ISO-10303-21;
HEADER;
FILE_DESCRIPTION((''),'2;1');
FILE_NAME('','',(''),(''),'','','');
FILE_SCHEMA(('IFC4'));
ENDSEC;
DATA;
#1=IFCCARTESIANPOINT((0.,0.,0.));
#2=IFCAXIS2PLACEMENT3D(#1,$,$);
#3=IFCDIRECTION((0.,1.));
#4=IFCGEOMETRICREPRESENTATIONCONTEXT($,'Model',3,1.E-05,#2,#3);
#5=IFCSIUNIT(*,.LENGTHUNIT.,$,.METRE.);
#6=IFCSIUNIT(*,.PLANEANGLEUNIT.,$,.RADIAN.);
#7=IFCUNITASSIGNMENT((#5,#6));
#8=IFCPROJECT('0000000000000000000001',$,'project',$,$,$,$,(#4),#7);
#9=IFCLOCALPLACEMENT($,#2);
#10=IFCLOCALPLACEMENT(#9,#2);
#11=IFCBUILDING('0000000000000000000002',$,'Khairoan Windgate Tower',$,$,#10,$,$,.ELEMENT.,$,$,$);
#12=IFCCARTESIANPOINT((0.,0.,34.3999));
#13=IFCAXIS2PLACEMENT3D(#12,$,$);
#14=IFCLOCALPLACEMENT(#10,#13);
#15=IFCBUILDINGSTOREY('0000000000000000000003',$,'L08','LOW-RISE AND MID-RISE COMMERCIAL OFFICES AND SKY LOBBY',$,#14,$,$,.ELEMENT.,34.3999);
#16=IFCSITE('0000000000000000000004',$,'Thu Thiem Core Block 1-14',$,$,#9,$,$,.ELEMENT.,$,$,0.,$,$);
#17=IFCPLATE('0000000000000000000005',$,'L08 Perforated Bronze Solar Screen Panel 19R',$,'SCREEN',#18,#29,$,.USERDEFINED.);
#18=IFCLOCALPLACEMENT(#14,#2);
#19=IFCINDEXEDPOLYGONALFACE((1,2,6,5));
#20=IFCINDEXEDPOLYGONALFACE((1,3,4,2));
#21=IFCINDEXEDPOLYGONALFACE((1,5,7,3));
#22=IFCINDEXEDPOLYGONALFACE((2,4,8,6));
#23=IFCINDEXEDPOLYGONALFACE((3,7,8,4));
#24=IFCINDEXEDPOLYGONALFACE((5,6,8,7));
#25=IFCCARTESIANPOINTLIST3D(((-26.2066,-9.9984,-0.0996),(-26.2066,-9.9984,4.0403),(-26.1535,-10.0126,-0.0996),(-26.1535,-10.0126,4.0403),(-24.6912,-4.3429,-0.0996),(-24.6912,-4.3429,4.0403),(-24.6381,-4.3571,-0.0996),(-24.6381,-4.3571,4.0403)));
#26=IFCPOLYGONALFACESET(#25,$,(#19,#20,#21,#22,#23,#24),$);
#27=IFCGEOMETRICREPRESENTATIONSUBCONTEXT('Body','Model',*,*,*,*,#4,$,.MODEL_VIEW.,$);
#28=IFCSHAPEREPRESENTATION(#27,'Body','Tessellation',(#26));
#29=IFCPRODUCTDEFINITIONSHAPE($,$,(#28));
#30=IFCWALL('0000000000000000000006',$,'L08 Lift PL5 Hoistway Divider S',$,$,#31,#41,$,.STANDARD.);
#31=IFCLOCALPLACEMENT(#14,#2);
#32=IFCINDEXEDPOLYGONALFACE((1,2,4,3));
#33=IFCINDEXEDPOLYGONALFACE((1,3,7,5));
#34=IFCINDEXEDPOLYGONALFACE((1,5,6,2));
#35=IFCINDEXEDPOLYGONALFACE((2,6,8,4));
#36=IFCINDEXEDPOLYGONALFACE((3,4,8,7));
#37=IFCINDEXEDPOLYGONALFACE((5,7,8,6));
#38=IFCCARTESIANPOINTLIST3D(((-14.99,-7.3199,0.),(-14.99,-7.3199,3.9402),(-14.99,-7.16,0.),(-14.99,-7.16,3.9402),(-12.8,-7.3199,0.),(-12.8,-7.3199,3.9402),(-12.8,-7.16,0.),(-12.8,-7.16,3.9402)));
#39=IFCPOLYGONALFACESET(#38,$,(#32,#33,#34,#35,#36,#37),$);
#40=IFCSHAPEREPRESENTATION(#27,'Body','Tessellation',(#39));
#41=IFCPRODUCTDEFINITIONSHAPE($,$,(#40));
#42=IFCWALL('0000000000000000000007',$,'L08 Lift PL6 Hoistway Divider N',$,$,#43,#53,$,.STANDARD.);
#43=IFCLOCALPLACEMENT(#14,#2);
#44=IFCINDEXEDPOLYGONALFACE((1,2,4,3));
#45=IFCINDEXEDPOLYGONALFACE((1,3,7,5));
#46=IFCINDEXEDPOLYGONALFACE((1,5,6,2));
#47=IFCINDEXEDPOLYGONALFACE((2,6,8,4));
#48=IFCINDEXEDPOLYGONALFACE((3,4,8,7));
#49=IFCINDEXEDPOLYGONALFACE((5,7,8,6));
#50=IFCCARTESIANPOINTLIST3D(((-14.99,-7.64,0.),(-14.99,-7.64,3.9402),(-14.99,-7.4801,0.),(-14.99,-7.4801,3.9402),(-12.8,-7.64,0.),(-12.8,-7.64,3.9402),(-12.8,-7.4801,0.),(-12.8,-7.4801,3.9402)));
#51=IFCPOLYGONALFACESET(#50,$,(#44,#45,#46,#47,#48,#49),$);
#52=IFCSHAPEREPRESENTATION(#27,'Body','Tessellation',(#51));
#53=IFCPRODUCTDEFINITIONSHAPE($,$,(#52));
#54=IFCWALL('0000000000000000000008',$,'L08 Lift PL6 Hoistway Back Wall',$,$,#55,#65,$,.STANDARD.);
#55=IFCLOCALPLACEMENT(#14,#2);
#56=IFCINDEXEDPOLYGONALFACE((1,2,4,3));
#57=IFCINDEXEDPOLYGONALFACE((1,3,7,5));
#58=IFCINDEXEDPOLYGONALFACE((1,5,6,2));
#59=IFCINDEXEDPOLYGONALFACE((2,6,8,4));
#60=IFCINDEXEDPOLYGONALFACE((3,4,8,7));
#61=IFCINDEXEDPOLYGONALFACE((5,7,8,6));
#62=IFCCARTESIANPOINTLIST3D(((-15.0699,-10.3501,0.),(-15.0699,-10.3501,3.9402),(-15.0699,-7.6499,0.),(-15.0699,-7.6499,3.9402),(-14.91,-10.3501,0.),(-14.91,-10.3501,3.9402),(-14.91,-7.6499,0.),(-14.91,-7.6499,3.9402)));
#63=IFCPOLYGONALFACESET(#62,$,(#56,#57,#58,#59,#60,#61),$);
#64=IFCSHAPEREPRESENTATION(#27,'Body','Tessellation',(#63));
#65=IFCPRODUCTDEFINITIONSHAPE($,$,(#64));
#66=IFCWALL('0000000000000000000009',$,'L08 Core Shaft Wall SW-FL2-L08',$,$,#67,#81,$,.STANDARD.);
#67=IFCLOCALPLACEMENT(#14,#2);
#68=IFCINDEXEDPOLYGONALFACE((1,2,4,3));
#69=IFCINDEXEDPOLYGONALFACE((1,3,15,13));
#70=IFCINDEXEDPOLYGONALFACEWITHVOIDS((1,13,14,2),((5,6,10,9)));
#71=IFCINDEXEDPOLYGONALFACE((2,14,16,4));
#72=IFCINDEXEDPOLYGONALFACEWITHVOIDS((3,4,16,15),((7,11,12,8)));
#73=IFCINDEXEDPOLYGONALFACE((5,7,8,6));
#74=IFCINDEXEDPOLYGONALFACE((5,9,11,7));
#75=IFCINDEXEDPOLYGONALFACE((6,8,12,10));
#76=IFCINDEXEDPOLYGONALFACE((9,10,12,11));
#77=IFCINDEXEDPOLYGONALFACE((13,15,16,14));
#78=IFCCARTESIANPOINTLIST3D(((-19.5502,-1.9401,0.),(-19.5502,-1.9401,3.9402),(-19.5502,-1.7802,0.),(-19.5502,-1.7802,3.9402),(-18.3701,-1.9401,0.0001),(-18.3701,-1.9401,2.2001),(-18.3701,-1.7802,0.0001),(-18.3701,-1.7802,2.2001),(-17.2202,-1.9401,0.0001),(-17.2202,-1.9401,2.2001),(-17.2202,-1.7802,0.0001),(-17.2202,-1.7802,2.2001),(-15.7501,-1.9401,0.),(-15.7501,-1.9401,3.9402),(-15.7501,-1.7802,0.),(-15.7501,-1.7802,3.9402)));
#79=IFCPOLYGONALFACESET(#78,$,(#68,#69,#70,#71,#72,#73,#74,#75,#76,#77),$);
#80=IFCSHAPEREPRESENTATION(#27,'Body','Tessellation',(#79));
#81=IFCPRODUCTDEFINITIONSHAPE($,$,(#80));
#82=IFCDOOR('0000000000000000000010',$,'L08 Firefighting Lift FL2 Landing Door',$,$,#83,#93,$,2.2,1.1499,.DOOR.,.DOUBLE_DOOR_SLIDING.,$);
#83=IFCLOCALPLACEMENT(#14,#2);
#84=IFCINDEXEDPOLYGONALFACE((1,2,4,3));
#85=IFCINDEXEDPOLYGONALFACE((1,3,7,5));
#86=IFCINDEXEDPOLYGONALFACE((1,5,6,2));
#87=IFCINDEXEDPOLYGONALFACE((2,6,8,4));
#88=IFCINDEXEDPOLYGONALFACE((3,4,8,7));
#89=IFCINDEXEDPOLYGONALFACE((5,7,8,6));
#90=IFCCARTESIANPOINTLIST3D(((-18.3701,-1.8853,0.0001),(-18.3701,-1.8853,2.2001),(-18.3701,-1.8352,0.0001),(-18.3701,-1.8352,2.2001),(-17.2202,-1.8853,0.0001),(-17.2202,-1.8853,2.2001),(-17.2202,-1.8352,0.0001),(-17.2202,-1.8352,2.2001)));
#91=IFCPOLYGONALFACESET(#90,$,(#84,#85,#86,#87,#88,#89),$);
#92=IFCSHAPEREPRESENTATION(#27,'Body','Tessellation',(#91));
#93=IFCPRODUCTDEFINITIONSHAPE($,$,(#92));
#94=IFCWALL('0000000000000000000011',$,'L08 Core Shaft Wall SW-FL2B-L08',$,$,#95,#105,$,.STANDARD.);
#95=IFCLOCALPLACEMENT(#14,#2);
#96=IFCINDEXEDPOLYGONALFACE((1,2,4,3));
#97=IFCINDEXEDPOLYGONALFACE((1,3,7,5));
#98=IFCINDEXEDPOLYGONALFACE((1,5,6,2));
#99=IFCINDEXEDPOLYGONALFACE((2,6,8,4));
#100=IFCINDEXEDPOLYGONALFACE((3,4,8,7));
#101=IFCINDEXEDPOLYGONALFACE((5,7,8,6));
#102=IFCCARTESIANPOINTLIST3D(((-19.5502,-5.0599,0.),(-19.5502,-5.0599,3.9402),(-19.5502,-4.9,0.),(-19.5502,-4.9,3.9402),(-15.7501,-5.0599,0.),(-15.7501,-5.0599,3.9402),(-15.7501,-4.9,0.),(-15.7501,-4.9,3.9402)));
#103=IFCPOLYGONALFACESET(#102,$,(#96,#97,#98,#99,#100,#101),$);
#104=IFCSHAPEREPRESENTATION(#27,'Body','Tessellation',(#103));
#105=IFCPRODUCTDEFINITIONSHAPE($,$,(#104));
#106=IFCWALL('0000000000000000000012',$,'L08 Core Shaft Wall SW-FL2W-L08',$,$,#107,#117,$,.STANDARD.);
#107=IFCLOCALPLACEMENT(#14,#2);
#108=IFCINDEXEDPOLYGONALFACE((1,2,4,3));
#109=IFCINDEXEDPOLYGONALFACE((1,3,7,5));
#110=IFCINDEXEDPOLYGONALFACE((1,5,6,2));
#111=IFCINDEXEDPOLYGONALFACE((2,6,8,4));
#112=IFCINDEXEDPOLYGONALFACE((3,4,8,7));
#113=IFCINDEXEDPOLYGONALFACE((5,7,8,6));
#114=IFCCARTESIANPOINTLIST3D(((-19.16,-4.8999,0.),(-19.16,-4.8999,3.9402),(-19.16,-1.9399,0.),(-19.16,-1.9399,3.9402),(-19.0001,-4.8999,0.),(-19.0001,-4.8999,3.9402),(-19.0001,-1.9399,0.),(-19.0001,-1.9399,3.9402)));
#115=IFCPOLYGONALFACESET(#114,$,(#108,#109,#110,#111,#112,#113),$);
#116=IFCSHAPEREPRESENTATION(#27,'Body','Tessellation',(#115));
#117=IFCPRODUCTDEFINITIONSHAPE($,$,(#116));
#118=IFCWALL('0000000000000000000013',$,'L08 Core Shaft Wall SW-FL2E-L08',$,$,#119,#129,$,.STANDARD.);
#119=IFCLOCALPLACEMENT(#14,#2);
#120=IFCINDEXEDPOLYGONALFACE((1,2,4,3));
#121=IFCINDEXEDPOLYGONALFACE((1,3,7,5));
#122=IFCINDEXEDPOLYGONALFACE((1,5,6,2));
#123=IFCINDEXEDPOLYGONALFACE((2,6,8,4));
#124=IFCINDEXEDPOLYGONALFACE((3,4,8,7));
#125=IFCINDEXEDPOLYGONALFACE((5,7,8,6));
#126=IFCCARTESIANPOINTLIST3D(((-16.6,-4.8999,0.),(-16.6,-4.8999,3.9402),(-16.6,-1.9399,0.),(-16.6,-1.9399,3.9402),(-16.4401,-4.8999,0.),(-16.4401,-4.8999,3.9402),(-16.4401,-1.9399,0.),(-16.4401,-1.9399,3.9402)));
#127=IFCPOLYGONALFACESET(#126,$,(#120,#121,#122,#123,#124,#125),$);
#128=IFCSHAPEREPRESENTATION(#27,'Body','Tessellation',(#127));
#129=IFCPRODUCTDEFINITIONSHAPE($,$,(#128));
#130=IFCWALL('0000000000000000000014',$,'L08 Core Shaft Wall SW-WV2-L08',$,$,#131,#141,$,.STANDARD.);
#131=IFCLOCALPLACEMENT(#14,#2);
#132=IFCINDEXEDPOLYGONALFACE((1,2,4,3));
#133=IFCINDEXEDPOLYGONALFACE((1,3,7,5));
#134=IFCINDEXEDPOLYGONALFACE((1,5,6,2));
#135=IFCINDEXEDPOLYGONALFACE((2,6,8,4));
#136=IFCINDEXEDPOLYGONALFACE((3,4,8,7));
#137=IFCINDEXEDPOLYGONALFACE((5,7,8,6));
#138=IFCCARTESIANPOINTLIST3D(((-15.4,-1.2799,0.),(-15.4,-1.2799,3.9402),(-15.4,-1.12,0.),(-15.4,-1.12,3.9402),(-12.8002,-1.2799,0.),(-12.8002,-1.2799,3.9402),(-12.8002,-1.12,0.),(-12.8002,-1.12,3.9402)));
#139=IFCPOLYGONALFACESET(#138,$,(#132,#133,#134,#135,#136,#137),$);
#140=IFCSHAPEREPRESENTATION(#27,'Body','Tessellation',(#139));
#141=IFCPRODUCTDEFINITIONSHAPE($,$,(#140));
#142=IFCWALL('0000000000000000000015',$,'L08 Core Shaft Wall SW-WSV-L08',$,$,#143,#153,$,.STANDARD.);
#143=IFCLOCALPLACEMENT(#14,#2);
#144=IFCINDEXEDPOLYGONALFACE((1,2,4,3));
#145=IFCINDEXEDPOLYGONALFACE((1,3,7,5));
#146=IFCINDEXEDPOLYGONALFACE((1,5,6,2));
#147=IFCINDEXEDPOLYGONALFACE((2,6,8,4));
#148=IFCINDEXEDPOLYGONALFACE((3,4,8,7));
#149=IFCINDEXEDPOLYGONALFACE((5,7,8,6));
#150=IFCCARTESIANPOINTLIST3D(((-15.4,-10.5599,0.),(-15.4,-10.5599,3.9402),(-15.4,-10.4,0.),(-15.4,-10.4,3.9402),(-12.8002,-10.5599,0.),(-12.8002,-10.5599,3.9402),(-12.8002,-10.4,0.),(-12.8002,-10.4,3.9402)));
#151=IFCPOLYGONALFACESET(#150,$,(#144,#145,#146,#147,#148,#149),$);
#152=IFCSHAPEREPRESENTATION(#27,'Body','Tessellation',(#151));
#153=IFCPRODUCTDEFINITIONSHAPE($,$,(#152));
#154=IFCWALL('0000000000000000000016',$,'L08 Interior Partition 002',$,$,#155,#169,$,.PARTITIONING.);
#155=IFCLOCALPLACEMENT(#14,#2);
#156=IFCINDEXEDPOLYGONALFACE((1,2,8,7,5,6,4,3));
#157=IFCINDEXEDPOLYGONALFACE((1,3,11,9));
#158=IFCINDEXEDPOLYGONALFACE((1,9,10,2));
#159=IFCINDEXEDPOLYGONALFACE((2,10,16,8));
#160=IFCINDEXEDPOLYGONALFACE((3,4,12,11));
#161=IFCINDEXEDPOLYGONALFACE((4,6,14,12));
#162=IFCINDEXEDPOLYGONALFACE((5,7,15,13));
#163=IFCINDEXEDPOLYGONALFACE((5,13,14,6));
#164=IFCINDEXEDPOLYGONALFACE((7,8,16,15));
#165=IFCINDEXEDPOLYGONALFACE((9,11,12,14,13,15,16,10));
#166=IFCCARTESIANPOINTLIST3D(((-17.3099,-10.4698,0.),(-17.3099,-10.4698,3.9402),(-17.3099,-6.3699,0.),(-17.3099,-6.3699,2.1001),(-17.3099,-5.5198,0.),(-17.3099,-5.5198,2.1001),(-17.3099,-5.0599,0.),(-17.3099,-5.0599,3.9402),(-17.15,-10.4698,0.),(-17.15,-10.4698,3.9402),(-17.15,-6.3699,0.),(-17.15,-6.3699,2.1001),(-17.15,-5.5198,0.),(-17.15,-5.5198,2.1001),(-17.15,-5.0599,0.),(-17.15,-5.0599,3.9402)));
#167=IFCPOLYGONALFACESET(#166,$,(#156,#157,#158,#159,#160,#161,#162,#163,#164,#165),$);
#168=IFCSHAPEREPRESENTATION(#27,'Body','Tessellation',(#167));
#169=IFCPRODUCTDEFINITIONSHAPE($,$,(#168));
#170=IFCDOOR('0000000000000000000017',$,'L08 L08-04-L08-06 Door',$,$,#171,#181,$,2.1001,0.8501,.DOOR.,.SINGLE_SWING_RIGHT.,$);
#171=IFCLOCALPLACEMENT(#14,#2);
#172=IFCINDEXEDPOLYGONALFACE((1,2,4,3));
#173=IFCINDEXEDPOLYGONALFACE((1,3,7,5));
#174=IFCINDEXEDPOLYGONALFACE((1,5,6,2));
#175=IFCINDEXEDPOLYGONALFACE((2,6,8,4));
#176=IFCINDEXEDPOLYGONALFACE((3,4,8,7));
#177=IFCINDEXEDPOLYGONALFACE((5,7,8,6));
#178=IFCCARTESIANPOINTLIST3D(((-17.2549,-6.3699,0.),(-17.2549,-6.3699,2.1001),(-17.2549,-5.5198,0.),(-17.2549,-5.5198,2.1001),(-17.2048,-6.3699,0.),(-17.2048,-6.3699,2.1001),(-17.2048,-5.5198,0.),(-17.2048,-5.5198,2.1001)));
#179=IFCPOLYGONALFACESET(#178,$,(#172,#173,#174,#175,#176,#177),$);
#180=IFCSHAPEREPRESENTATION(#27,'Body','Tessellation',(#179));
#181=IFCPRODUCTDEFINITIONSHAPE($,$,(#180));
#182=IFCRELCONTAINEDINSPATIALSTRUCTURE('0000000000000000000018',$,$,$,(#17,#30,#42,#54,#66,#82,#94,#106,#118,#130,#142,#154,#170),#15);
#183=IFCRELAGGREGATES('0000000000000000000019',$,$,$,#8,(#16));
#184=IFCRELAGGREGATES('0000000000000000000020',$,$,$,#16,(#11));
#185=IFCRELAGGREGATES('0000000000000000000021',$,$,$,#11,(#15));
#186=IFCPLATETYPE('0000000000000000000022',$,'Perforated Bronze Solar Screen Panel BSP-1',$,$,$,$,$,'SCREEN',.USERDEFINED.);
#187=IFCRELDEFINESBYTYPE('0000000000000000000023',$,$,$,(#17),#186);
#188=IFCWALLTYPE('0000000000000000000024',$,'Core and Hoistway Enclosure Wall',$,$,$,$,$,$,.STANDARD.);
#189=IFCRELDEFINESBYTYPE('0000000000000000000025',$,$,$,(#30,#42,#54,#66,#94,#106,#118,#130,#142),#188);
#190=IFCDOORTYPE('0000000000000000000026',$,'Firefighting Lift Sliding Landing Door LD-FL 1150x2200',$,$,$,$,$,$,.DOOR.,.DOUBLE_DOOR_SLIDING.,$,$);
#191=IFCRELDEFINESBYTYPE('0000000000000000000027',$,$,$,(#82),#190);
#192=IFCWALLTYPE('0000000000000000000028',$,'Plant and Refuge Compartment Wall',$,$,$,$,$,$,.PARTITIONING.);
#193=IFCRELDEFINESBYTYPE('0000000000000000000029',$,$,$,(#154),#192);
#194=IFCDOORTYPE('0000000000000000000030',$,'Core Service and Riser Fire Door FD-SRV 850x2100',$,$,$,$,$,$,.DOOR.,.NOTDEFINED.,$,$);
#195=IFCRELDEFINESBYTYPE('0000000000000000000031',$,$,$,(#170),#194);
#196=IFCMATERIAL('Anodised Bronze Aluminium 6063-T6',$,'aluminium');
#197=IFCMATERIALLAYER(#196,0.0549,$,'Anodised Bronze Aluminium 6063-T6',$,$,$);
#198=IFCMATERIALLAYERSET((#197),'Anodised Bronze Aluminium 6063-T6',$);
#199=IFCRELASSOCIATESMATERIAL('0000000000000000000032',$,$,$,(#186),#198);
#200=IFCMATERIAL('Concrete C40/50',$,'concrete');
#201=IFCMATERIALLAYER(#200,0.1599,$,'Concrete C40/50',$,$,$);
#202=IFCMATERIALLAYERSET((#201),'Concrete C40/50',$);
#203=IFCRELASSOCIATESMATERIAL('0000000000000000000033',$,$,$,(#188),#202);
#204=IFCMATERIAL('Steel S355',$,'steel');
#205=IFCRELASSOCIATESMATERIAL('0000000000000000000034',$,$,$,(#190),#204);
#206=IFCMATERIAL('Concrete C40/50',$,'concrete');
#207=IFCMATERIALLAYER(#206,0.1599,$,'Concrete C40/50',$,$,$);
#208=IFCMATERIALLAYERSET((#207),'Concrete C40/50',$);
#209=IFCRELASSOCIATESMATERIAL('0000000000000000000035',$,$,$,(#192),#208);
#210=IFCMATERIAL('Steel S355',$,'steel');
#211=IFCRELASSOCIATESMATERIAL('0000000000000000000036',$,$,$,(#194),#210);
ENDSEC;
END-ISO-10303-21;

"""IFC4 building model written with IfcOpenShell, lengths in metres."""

from ifc_helpers import new_model, si_unit, direction, frame, frame_2d, origin, origin_2d, place, context, subcontext, project, spatial, rectangle, extrude, material, layer, layer_set, type_object, element, fill, save


model = new_model("IFC4")

# Units and contexts
model_context = context("Model", 3, precision=1e-05, world=origin(), true_north=direction((0.0, 1.0)))
body_context = subcontext(model_context, "Body", "Model", "MODEL_VIEW")
ifc_project = project(units=[si_unit("LENGTHUNIT", "METRE"), si_unit("PLANEANGLEUNIT", "RADIAN")], contexts=[model_context])

# Site, building, storey
site_placement = place(None, origin())
site = spatial("IfcSite", under=ifc_project, at=site_placement, Name="Thu Thiem Core Block 1-14", CompositionType="ELEMENT", RefElevation=0.0)
building_placement = place(site_placement, origin())
building = spatial("IfcBuilding", under=site, at=building_placement, Name="Khairoan Windgate Tower", CompositionType="ELEMENT")
storey_placement = place(building_placement, frame((0.0, 0.0, 34.3999)))
storey = spatial("IfcBuildingStorey", under=building, at=storey_placement, Name="L08", Description="LOW-RISE AND MID-RISE COMMERCIAL OFFICES AND SKY LOBBY", CompositionType="ELEMENT", Elevation=34.3999)

# Plate
ifc_material_1 = material(Name="Anodised Bronze Aluminium 6063-T6", Category="aluminium")
ifc_layer_1 = layer(ifc_material_1, 0.0549, Name="Anodised Bronze Aluminium 6063-T6")
ifc_layer_set_1 = layer_set([ifc_layer_1], Name="Anodised Bronze Aluminium 6063-T6")
plate_type_1 = type_object("IfcPlateType", Name="Perforated Bronze Solar Screen Panel BSP-1", ElementType="SCREEN", PredefinedType="USERDEFINED", material=ifc_layer_set_1)
plate_placement = place(storey_placement, frame((-25.4224, -7.1777, -0.0996), z_axis=(0.0, 0.0, 1.0), x_axis=(0.258819, 0.965926, 0.0)))
element("IfcPlate", 1, at=plate_placement, inside=storey, type_object=plate_type_1, Name="L08 Perforated Bronze Solar Screen Panel 19R", ObjectType="SCREEN", PredefinedType="USERDEFINED", context=body_context, shape_type="SweptSolid", body=[
    extrude(rectangle(XDim=5.855, YDim=0.0549, at=origin_2d()), origin(), (0.0, 0.0, 1.0), 4.1399),
])

# Walls
ifc_material_2 = material(Name="Concrete C40/50", Category="concrete")
ifc_layer_2 = layer(ifc_material_2, 0.1599, Name="Concrete C40/50")
ifc_layer_set_2 = layer_set([ifc_layer_2], Name="Concrete C40/50")
wall_type_1 = type_object("IfcWallType", Name="Core and Hoistway Enclosure Wall", PredefinedType="STANDARD", material=ifc_layer_set_2)
for number, where, z_axis, x_axis, name in (
    (2, (-14.99, -7.24, 0.0), (0.0, 0.0, 1.0), (1.0, 0.0, 0.0), "L08 Lift PL5 Hoistway Divider S"),
    (3, (-14.99, -7.5601, 0.0), (0.0, 0.0, 1.0), (1.0, 0.0, 0.0), "L08 Lift PL6 Hoistway Divider N"),
):
    element("IfcWall", number, at=place(storey_placement, frame(where, z_axis=z_axis, x_axis=x_axis)), inside=storey, type_object=wall_type_1, Name=name, PredefinedType="STANDARD", context=body_context, shape_type="SweptSolid", body=[
        extrude(rectangle(XDim=2.1899, YDim=0.1599, at=frame_2d((1.095, 0.0))), origin(), (0.0, 0.0, 1.0), 3.9402),
    ])
wall_1_placement = place(storey_placement, frame((-14.99, -10.3501, 0.0), z_axis=(0.0, 0.0, 1.0), x_axis=(0.0, 1.0, 0.0)))
element("IfcWall", 4, at=wall_1_placement, inside=storey, type_object=wall_type_1, Name="L08 Lift PL6 Hoistway Back Wall", PredefinedType="STANDARD", context=body_context, shape_type="SweptSolid", body=[
    extrude(rectangle(XDim=2.7002, YDim=0.1599, at=frame_2d((1.3501, 0.0))), origin(), (0.0, 0.0, 1.0), 3.9402),
])

# Wall, opening, door
wall_2_placement = place(storey_placement, frame((-19.55, -1.8601, 0.0), z_axis=(0.0, 0.0, 1.0), x_axis=(1.0, 0.0, 0.0)))
wall_2 = element("IfcWall", 5, at=wall_2_placement, inside=storey, type_object=wall_type_1, Name="L08 Core Shaft Wall SW-FL2-L08", PredefinedType="STANDARD", context=body_context, shape_type="SweptSolid", body=[
    extrude(rectangle(XDim=3.8, YDim=0.1599, at=frame_2d((1.8999, 0.0))), origin(), (0.0, 0.0, 1.0), 3.9402),
])
opening_1_placement = place(wall_2_placement, frame((1.1799, 0.0, 0.0)))
opening_1 = element("IfcOpeningElement", 6, at=opening_1_placement, cuts=wall_2, PredefinedType="OPENING", context=body_context, shape_type="SweptSolid", body=[
    extrude(rectangle(XDim=1.1499, YDim=2.2, at=frame_2d((0.575, 1.1001))), frame((0.0, 0.0898, 0.0), z_axis=(0.0, -1.0, 0.0), x_axis=(1.0, 0.0, 0.0)), (0.0, 0.0, 1.0), 0.1799),
])
ifc_material_3 = material(Name="Steel S355", Category="steel")
door_type_1 = type_object("IfcDoorType", Name="Firefighting Lift Sliding Landing Door LD-FL 1150x2200", OperationType="DOUBLE_DOOR_SLIDING", PredefinedType="DOOR", material=ifc_material_3)
door_1_placement = place(opening_1_placement, origin())
door_1 = element("IfcDoor", 7, at=door_1_placement, inside=storey, type_object=door_type_1, Name="L08 Firefighting Lift FL2 Landing Door", OperationType="DOUBLE_DOOR_SLIDING", OverallHeight=2.2, OverallWidth=1.1499, PredefinedType="DOOR", context=body_context, shape_type="SweptSolid", body=[
    extrude(rectangle(XDim=1.1499, YDim=2.2, at=frame_2d((0.575, 1.1001))), frame((0.0, 0.0249, 0.0), z_axis=(0.0, -1.0, 0.0), x_axis=(1.0, 0.0, 0.0)), (0.0, 0.0, 1.0), 0.05),
])
fill(opening_1, door_1)

# Walls
wall_3_placement = place(storey_placement, frame((-19.55, -4.98, 0.0), z_axis=(0.0, 0.0, 1.0), x_axis=(1.0, 0.0, 0.0)))
element("IfcWall", 8, at=wall_3_placement, inside=storey, type_object=wall_type_1, Name="L08 Core Shaft Wall SW-FL2B-L08", PredefinedType="STANDARD", context=body_context, shape_type="SweptSolid", body=[
    extrude(rectangle(XDim=3.8, YDim=0.1599, at=frame_2d((1.8999, 0.0))), origin(), (0.0, 0.0, 1.0), 3.9402),
])
for number, where, z_axis, x_axis, name in (
    (9, (-19.0801, -4.8999, 0.0), (0.0, 0.0, 1.0), (0.0, 1.0, 0.0), "L08 Core Shaft Wall SW-FL2W-L08"),
    (10, (-16.52, -4.8999, 0.0), (0.0, 0.0, 1.0), (0.0, 1.0, 0.0), "L08 Core Shaft Wall SW-FL2E-L08"),
):
    element("IfcWall", number, at=place(storey_placement, frame(where, z_axis=z_axis, x_axis=x_axis)), inside=storey, type_object=wall_type_1, Name=name, PredefinedType="STANDARD", context=body_context, shape_type="SweptSolid", body=[
        extrude(rectangle(XDim=2.96, YDim=0.1599, at=frame_2d((1.48, 0.0))), origin(), (0.0, 0.0, 1.0), 3.9402),
    ])
for number, where, z_axis, x_axis, name in (
    (11, (-15.3999, -1.2, 0.0), (0.0, 0.0, 1.0), (1.0, 0.0, 0.0), "L08 Core Shaft Wall SW-WV2-L08"),
    (12, (-15.3999, -10.48, 0.0), (0.0, 0.0, 1.0), (1.0, 0.0, 0.0), "L08 Core Shaft Wall SW-WSV-L08"),
):
    element("IfcWall", number, at=place(storey_placement, frame(where, z_axis=z_axis, x_axis=x_axis)), inside=storey, type_object=wall_type_1, Name=name, PredefinedType="STANDARD", context=body_context, shape_type="SweptSolid", body=[
        extrude(rectangle(XDim=2.5999, YDim=0.1599, at=frame_2d((1.2998, 0.0))), origin(), (0.0, 0.0, 1.0), 3.9402),
    ])

# Wall, opening, door
ifc_material_4 = material(Name="Concrete C40/50", Category="concrete")
ifc_layer_3 = layer(ifc_material_4, 0.1599, Name="Concrete C40/50")
ifc_layer_set_3 = layer_set([ifc_layer_3], Name="Concrete C40/50")
wall_type_2 = type_object("IfcWallType", Name="Plant and Refuge Compartment Wall", PredefinedType="PARTITIONING", material=ifc_layer_set_3)
wall_4_placement = place(storey_placement, frame((-17.23, -10.47, 0.0), z_axis=(0.0, 0.0, 1.0), x_axis=(0.0, 1.0, 0.0)))
wall_4 = element("IfcWall", 13, at=wall_4_placement, inside=storey, type_object=wall_type_2, Name="L08 Interior Partition 002", PredefinedType="PARTITIONING", context=body_context, shape_type="SweptSolid", body=[
    extrude(rectangle(XDim=5.4099, YDim=0.1599, at=frame_2d((2.7051, 0.0))), origin(), (0.0, 0.0, 1.0), 3.9402),
])
opening_2_placement = place(wall_4_placement, frame((4.1001, 0.0, 0.0)))
opening_2 = element("IfcOpeningElement", 14, at=opening_2_placement, cuts=wall_4, PredefinedType="OPENING", context=body_context, shape_type="SweptSolid", body=[
    extrude(rectangle(XDim=0.8501, YDim=2.1001, at=frame_2d((0.425, 1.05))), frame((0.0, 0.0898, 0.0), z_axis=(0.0, -1.0, 0.0), x_axis=(1.0, 0.0, 0.0)), (0.0, 0.0, 1.0), 0.1799),
])
ifc_material_5 = material(Name="Steel S355", Category="steel")
door_type_2 = type_object("IfcDoorType", Name="Core Service and Riser Fire Door FD-SRV 850x2100", OperationType="NOTDEFINED", PredefinedType="DOOR", material=ifc_material_5)
door_2_placement = place(opening_2_placement, origin())
door_2 = element("IfcDoor", 15, at=door_2_placement, inside=storey, type_object=door_type_2, Name="L08 L08-04-L08-06 Door", OperationType="SINGLE_SWING_RIGHT", OverallHeight=2.1001, OverallWidth=0.8501, PredefinedType="DOOR", context=body_context, shape_type="SweptSolid", body=[
    extrude(rectangle(XDim=0.8501, YDim=2.1001, at=frame_2d((0.425, 1.05))), frame((0.0, 0.0249, 0.0), z_axis=(0.0, -1.0, 0.0), x_axis=(1.0, 0.0, 0.0)), (0.0, 0.0, 1.0), 0.05),
])
fill(opening_2, door_2)

save(model, "model.ifc")
